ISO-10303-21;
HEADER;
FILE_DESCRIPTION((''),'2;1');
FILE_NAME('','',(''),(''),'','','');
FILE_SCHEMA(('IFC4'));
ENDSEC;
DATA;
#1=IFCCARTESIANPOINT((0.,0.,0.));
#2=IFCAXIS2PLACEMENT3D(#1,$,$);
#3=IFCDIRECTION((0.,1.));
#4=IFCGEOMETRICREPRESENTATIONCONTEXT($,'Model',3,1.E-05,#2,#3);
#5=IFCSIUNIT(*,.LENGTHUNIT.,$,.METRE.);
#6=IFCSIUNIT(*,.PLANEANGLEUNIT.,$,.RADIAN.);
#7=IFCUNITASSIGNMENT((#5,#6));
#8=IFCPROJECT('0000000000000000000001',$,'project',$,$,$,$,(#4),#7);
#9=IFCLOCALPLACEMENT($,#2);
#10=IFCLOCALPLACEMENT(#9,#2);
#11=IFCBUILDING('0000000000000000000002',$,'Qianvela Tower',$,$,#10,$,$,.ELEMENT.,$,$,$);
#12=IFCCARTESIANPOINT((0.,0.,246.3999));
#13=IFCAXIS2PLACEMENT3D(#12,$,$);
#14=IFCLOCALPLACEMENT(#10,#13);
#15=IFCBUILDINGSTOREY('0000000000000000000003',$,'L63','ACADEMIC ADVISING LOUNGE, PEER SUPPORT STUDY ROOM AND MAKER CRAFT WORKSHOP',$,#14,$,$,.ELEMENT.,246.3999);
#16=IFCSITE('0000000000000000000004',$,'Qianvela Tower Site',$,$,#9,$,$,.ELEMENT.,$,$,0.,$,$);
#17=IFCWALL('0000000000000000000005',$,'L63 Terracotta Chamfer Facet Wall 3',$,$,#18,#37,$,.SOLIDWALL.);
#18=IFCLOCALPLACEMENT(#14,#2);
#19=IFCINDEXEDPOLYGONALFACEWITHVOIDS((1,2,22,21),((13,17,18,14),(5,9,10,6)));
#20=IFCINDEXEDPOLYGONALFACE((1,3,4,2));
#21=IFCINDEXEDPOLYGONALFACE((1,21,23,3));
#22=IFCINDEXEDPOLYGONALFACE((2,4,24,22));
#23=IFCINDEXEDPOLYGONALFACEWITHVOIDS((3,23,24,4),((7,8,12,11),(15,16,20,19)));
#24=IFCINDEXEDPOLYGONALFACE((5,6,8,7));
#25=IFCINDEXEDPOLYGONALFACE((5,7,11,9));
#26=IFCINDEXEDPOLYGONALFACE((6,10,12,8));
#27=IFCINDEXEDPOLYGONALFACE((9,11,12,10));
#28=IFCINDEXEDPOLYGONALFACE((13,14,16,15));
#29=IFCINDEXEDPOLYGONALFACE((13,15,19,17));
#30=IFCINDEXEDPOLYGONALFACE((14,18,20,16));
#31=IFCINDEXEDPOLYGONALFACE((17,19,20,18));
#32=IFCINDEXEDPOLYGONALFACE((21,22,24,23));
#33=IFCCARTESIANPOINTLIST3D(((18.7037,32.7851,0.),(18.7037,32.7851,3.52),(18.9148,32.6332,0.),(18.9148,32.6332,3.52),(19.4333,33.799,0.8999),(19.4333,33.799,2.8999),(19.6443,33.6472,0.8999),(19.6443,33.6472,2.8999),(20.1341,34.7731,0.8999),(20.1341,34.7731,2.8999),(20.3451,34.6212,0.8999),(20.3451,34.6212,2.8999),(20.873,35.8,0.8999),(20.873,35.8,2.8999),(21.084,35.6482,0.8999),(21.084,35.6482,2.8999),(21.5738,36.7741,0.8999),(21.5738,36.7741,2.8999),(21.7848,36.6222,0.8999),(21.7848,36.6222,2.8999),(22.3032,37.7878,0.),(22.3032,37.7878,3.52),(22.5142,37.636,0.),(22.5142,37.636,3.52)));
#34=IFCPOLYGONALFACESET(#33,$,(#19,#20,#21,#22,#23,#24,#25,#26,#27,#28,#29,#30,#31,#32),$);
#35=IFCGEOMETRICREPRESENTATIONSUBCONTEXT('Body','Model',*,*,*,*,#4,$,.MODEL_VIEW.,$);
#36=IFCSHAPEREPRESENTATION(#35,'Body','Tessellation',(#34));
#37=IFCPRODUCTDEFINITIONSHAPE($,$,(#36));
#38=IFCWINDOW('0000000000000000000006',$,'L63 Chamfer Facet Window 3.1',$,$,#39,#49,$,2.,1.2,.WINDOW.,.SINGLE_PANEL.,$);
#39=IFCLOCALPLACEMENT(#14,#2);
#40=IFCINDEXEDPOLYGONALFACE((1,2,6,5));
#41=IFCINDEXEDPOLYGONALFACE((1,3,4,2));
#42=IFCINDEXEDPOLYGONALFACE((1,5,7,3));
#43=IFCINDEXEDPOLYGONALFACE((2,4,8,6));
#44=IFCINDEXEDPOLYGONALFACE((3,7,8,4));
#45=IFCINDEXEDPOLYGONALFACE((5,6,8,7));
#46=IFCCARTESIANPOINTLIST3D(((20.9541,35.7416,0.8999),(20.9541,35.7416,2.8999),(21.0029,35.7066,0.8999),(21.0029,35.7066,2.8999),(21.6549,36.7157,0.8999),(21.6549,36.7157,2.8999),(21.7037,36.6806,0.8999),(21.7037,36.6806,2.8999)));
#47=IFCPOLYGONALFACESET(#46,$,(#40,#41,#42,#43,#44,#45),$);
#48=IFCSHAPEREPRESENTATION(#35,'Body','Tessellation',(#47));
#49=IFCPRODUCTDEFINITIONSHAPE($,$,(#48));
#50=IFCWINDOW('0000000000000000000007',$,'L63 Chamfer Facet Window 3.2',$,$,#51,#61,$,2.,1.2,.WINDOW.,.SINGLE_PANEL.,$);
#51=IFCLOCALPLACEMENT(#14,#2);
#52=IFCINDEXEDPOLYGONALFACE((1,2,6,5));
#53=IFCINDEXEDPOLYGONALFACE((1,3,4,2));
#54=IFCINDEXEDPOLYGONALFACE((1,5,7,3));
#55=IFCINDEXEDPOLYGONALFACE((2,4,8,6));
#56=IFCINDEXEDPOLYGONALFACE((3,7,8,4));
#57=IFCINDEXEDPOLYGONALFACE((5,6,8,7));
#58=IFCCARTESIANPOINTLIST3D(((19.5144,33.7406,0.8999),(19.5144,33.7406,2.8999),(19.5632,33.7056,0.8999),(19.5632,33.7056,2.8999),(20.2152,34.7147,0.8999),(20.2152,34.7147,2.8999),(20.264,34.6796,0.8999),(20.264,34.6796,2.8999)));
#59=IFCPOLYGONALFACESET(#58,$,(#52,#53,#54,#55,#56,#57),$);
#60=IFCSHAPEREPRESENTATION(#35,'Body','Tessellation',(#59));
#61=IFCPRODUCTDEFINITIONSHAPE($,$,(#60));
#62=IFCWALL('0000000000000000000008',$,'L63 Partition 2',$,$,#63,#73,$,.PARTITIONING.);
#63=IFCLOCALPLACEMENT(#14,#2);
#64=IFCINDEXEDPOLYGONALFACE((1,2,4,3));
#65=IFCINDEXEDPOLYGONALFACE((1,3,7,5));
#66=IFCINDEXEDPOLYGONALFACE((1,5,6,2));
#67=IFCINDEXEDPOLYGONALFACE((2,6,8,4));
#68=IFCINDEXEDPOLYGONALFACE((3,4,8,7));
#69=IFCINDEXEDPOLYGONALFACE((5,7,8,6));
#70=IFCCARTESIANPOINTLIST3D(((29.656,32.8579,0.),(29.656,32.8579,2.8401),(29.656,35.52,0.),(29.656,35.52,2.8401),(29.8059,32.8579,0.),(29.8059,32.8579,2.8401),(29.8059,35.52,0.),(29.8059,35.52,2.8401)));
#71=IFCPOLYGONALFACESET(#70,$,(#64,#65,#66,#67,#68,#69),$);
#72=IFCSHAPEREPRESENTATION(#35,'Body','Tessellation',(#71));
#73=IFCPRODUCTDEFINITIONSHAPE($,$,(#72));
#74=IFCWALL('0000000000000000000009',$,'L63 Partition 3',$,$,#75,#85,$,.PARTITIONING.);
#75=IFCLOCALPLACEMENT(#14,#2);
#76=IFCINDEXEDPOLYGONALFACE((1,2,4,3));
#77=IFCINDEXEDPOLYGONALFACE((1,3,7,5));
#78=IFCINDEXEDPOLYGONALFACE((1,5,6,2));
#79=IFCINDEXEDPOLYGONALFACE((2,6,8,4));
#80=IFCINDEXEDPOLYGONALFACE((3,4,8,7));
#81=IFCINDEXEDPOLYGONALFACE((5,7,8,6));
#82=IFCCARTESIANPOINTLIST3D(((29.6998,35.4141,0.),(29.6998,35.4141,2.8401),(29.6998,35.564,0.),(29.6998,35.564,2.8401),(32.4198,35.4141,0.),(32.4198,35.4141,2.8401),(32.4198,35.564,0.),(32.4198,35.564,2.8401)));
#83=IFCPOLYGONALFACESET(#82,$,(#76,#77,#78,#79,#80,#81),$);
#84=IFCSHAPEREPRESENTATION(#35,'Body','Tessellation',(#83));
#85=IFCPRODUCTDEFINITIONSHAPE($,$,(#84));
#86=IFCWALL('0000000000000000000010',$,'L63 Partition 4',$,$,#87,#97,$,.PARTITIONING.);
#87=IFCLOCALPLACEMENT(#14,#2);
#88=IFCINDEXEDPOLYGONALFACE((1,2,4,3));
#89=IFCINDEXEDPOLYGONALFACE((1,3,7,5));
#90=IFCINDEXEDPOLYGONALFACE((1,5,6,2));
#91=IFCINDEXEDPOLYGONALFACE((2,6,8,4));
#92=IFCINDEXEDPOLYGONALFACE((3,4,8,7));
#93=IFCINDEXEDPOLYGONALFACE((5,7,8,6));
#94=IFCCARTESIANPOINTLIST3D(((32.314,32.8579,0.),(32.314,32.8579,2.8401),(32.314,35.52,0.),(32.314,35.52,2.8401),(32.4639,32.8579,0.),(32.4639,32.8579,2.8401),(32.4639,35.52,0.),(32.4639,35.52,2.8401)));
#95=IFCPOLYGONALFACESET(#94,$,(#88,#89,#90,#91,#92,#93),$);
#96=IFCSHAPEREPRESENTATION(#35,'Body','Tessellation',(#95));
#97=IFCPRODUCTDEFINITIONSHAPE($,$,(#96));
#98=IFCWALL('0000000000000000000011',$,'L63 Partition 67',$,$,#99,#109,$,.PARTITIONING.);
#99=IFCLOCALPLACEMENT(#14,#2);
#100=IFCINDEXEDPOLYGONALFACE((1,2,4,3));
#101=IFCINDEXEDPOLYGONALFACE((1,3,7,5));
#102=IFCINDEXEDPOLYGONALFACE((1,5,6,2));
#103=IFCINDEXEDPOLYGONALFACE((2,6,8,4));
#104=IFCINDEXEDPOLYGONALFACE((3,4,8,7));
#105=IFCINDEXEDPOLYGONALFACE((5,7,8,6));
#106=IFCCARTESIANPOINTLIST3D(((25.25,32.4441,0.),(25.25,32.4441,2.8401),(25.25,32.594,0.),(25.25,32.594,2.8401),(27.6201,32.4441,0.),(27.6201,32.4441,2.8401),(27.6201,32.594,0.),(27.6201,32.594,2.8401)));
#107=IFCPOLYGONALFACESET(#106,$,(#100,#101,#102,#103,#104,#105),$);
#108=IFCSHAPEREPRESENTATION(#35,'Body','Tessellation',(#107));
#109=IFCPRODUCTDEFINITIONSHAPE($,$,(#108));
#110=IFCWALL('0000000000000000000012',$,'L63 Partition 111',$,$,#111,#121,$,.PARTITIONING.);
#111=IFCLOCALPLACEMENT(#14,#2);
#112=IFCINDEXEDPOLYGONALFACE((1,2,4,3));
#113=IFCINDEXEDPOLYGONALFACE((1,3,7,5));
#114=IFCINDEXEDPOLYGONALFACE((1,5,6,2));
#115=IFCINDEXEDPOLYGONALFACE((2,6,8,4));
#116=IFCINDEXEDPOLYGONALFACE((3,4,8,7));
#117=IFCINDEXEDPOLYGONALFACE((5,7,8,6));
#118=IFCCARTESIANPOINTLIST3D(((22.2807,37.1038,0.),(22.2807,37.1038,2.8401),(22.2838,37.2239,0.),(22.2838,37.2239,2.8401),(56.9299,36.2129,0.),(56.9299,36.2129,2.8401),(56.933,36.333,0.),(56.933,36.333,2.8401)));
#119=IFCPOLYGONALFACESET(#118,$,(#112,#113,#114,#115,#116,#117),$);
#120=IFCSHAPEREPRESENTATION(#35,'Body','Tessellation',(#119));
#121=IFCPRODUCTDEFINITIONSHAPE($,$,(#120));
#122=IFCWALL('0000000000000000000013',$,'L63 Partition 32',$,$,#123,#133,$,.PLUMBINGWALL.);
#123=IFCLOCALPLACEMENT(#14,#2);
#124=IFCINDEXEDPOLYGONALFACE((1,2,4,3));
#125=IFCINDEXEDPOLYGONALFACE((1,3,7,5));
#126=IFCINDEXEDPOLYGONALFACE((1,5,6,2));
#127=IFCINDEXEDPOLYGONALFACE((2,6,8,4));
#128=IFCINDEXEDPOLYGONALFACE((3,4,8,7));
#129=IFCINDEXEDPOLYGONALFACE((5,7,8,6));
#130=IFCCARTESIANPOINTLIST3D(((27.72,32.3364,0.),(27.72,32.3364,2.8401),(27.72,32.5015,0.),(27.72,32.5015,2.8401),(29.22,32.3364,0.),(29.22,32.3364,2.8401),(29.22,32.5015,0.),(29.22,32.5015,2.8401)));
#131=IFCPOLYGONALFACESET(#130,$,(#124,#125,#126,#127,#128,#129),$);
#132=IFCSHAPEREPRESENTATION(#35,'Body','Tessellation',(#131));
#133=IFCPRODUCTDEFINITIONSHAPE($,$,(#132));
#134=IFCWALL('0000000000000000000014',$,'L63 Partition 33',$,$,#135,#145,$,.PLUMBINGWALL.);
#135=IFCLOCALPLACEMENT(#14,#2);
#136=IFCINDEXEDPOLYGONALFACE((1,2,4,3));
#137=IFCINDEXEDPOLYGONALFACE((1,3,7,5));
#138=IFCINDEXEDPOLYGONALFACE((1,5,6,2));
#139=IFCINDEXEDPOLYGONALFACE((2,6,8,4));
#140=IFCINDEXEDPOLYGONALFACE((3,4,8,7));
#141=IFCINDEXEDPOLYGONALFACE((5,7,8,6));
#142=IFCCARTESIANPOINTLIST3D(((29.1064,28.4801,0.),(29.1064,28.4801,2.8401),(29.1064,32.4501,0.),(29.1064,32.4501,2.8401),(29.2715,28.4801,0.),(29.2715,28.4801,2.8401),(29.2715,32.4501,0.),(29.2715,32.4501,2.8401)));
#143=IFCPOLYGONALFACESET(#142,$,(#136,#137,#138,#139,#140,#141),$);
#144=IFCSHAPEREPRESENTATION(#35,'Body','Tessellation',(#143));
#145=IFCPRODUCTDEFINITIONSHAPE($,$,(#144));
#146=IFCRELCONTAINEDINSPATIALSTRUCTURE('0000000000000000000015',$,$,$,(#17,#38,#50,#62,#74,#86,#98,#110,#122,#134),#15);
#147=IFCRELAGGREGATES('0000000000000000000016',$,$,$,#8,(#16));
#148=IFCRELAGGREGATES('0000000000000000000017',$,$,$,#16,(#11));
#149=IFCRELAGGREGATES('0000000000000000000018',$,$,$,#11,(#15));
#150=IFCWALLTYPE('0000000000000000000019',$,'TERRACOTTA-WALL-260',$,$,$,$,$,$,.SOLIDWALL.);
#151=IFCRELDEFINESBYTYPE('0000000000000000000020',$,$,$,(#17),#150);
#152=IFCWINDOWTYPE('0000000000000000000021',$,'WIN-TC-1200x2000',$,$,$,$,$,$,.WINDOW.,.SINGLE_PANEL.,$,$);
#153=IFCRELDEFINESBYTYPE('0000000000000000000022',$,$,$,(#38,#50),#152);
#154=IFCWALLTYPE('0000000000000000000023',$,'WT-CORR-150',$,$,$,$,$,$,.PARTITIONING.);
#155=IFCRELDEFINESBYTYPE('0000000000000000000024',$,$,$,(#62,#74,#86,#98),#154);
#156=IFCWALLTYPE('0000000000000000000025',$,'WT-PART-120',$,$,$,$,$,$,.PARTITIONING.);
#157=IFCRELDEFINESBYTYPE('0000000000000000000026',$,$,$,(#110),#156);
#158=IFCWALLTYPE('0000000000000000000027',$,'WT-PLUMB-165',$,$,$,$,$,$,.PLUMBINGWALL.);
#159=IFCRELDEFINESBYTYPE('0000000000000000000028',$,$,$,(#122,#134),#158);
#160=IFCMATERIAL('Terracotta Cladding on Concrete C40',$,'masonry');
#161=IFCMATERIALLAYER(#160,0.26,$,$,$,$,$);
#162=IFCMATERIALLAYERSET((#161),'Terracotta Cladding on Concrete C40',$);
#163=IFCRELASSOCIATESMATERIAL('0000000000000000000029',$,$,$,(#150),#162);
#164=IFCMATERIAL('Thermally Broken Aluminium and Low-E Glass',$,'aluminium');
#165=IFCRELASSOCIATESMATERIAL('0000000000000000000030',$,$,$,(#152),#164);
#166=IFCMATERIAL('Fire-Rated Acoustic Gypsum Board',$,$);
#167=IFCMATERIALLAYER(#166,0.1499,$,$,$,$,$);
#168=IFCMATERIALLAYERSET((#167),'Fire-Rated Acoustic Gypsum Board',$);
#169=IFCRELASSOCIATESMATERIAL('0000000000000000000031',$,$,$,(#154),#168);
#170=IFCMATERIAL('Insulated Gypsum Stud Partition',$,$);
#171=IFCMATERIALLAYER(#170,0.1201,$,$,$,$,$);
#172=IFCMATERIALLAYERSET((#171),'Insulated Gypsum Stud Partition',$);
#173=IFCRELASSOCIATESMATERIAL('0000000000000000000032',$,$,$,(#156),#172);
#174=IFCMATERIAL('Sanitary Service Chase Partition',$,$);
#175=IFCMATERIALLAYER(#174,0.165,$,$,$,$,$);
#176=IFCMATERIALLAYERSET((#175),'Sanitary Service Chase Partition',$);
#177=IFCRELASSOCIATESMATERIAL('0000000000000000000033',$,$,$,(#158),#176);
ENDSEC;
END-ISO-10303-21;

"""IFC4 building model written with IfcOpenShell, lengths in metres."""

from ifc_helpers import new_model, si_unit, direction, frame, frame_2d, origin, place, context, subcontext, project, spatial, rectangle, extrude, material, layer, layer_set, type_object, element, fill, save


model = new_model("IFC4")

# Units and contexts
model_context = context("Model", 3, precision=1e-05, world=origin(), true_north=direction((0.0, 1.0)))
body_context = subcontext(model_context, "Body", "Model", "MODEL_VIEW")
ifc_project = project(units=[si_unit("LENGTHUNIT", "METRE"), si_unit("PLANEANGLEUNIT", "RADIAN")], contexts=[model_context])

# Site, building, storey
site_placement = place(None, origin())
site = spatial("IfcSite", under=ifc_project, at=site_placement, Name="Qianvela Tower Site", CompositionType="ELEMENT", RefElevation=0.0)
building_placement = place(site_placement, origin())
building = spatial("IfcBuilding", under=site, at=building_placement, Name="Qianvela Tower", CompositionType="ELEMENT")
storey_placement = place(building_placement, frame((0.0, 0.0, 246.3999)))
storey = spatial("IfcBuildingStorey", under=building, at=storey_placement, Name="L63", Description="ACADEMIC ADVISING LOUNGE, PEER SUPPORT STUDY ROOM AND MAKER CRAFT WORKSHOP", CompositionType="ELEMENT", Elevation=246.3999)

# Wall, openings, windows
ifc_material_1 = material(Name="Terracotta Cladding on Concrete C40", Category="masonry")
ifc_layer_1 = layer(ifc_material_1, 0.26)
ifc_layer_set_1 = layer_set([ifc_layer_1], Name="Terracotta Cladding on Concrete C40")
wall_type_1 = type_object("IfcWallType", Name="TERRACOTTA-WALL-260", PredefinedType="SOLIDWALL", material=ifc_layer_set_1)
wall_1_placement = place(storey_placement, frame((22.4087, 37.7119, 0.0), z_axis=(0.0, 0.0, 1.0), x_axis=(-0.58403, -0.811732, 0.0)))
wall_1 = element("IfcWall", 1, at=wall_1_placement, inside=storey, type_object=wall_type_1, Name="L63 Terracotta Chamfer Facet Wall 3", PredefinedType="SOLIDWALL", context=body_context, shape_type="SweptSolid", body=[
    extrude(rectangle(XDim=6.1631, YDim=0.26, at=frame_2d((3.0815, 0.0))), origin(), (0.0, 0.0, 1.0), 3.52),
])
opening_1_placement = place(wall_1_placement, frame((1.2488, 0.0, 0.8999)))
opening_1 = element("IfcOpeningElement", 2, at=opening_1_placement, cuts=wall_1, PredefinedType="OPENING", context=body_context, shape_type="SweptSolid", body=[
    extrude(rectangle(XDim=1.2, YDim=2.0, at=frame_2d((0.6001, 1.0))), frame((0.0, 0.1399, 0.0), z_axis=(0.0, -1.0, 0.0), x_axis=(1.0, 0.0, 0.0)), (0.0, 0.0, 1.0), 0.28),
])
opening_2_placement = place(wall_1_placement, frame((3.7139, 0.0, 0.8999)))
opening_2 = element("IfcOpeningElement", 3, at=opening_2_placement, cuts=wall_1, PredefinedType="OPENING", context=body_context, shape_type="SweptSolid", body=[
    extrude(rectangle(XDim=1.2, YDim=2.0, at=frame_2d((0.6001, 1.0))), frame((0.0, 0.1399, 0.0), z_axis=(0.0, -1.0, 0.0), x_axis=(1.0, 0.0, 0.0)), (0.0, 0.0, 1.0), 0.28),
])
ifc_material_2 = material(Name="Thermally Broken Aluminium and Low-E Glass", Category="aluminium")
window_type = type_object("IfcWindowType", Name="WIN-TC-1200x2000", PartitioningType="SINGLE_PANEL", PredefinedType="WINDOW", material=ifc_material_2)
window_1_placement = place(opening_1_placement, origin())
window_1 = element("IfcWindow", 4, at=window_1_placement, inside=storey, type_object=window_type, Name="L63 Chamfer Facet Window 3.1", OverallHeight=2.0, OverallWidth=1.2, PartitioningType="SINGLE_PANEL", PredefinedType="WINDOW", context=body_context, shape_type="SweptSolid", body=[
    extrude(rectangle(XDim=1.2, YDim=2.0, at=frame_2d((0.6001, 1.0))), frame((0.0, 0.03, 0.0), z_axis=(0.0, -1.0, 0.0), x_axis=(1.0, 0.0, 0.0)), (0.0, 0.0, 1.0), 0.0601),
])
fill(opening_1, window_1)
window_2_placement = place(opening_2_placement, origin())
window_2 = element("IfcWindow", 5, at=window_2_placement, inside=storey, type_object=window_type, Name="L63 Chamfer Facet Window 3.2", OverallHeight=2.0, OverallWidth=1.2, PartitioningType="SINGLE_PANEL", PredefinedType="WINDOW", context=body_context, shape_type="SweptSolid", body=[
    extrude(rectangle(XDim=1.2, YDim=2.0, at=frame_2d((0.6001, 1.0))), frame((0.0, 0.03, 0.0), z_axis=(0.0, -1.0, 0.0), x_axis=(1.0, 0.0, 0.0)), (0.0, 0.0, 1.0), 0.0601),
])
fill(opening_2, window_2)

# Walls
ifc_material_3 = material(Name="Fire-Rated Acoustic Gypsum Board")
ifc_layer_2 = layer(ifc_material_3, 0.1499)
ifc_layer_set_2 = layer_set([ifc_layer_2], Name="Fire-Rated Acoustic Gypsum Board")
wall_type_2 = type_object("IfcWallType", Name="WT-CORR-150", PredefinedType="PARTITIONING", material=ifc_layer_set_2)
wall_2_placement = place(storey_placement, frame((29.731, 32.8579, 0.0), z_axis=(0.0, 0.0, 1.0), x_axis=(0.0, 1.0, 0.0)))
element("IfcWall", 6, at=wall_2_placement, inside=storey, type_object=wall_type_2, Name="L63 Partition 2", PredefinedType="PARTITIONING", context=body_context, shape_type="SweptSolid", body=[
    extrude(rectangle(XDim=2.6621, YDim=0.1499, at=frame_2d((1.3311, 0.0))), origin(), (0.0, 0.0, 1.0), 2.8401),
])
wall_3_placement = place(storey_placement, frame((29.7, 35.489, 0.0), z_axis=(0.0, 0.0, 1.0), x_axis=(1.0, 0.0, 0.0)))
element("IfcWall", 7, at=wall_3_placement, inside=storey, type_object=wall_type_2, Name="L63 Partition 3", PredefinedType="PARTITIONING", context=body_context, shape_type="SweptSolid", body=[
    extrude(rectangle(XDim=2.72, YDim=0.1499, at=frame_2d((1.3599, 0.0))), origin(), (0.0, 0.0, 1.0), 2.8401),
])
wall_4_placement = place(storey_placement, frame((32.3889, 35.52, 0.0), z_axis=(0.0, 0.0, 1.0), x_axis=(0.0, -1.0, 0.0)))
element("IfcWall", 8, at=wall_4_placement, inside=storey, type_object=wall_type_2, Name="L63 Partition 4", PredefinedType="PARTITIONING", context=body_context, shape_type="SweptSolid", body=[
    extrude(rectangle(XDim=2.6621, YDim=0.1499, at=frame_2d((1.3311, 0.0))), origin(), (0.0, 0.0, 1.0), 2.8401),
])
wall_5_placement = place(storey_placement, frame((25.25, 32.519, 0.0), z_axis=(0.0, 0.0, 1.0), x_axis=(1.0, 0.0, 0.0)))
element("IfcWall", 9, at=wall_5_placement, inside=storey, type_object=wall_type_2, Name="L63 Partition 67", PredefinedType="PARTITIONING", context=body_context, shape_type="SweptSolid", body=[
    extrude(rectangle(XDim=2.3701, YDim=0.1499, at=frame_2d((1.1851, 0.0))), origin(), (0.0, 0.0, 1.0), 2.8401),
])
ifc_material_4 = material(Name="Insulated Gypsum Stud Partition")
ifc_layer_3 = layer(ifc_material_4, 0.1201)
ifc_layer_set_3 = layer_set([ifc_layer_3], Name="Insulated Gypsum Stud Partition")
wall_type_3 = type_object("IfcWallType", Name="WT-PART-120", PredefinedType="PARTITIONING", material=ifc_layer_set_3)
wall_6_placement = place(storey_placement, frame((22.2822, 37.1638, 0.0), z_axis=(0.0, 0.0, 1.0), x_axis=(0.99967, -0.025703, 0.0)))
element("IfcWall", 10, at=wall_6_placement, inside=storey, type_object=wall_type_3, Name="L63 Partition 111", PredefinedType="PARTITIONING", context=body_context, shape_type="SweptSolid", body=[
    extrude(rectangle(XDim=34.6606, YDim=0.1201, at=frame_2d((17.3303, 0.0))), origin(), (0.0, 0.0, 1.0), 2.8401),
])
ifc_material_5 = material(Name="Sanitary Service Chase Partition")
ifc_layer_4 = layer(ifc_material_5, 0.165)
ifc_layer_set_4 = layer_set([ifc_layer_4], Name="Sanitary Service Chase Partition")
wall_type_4 = type_object("IfcWallType", Name="WT-PLUMB-165", PredefinedType="PLUMBINGWALL", material=ifc_layer_set_4)
wall_7_placement = place(storey_placement, frame((27.72, 32.4189, 0.0), z_axis=(0.0, 0.0, 1.0), x_axis=(1.0, 0.0, 0.0)))
element("IfcWall", 11, at=wall_7_placement, inside=storey, type_object=wall_type_4, Name="L63 Partition 32", PredefinedType="PLUMBINGWALL", context=body_context, shape_type="SweptSolid", body=[
    extrude(rectangle(XDim=1.5, YDim=0.165, at=frame_2d((0.75, 0.0))), origin(), (0.0, 0.0, 1.0), 2.8401),
])
wall_8_placement = place(storey_placement, frame((29.189, 32.45, 0.0), z_axis=(0.0, 0.0, 1.0), x_axis=(0.0, -1.0, 0.0)))
element("IfcWall", 12, at=wall_8_placement, inside=storey, type_object=wall_type_4, Name="L63 Partition 33", PredefinedType="PLUMBINGWALL", context=body_context, shape_type="SweptSolid", body=[
    extrude(rectangle(XDim=3.97, YDim=0.165, at=frame_2d((1.9849, 0.0))), origin(), (0.0, 0.0, 1.0), 2.8401),
])

save(model, "model.ifc")
